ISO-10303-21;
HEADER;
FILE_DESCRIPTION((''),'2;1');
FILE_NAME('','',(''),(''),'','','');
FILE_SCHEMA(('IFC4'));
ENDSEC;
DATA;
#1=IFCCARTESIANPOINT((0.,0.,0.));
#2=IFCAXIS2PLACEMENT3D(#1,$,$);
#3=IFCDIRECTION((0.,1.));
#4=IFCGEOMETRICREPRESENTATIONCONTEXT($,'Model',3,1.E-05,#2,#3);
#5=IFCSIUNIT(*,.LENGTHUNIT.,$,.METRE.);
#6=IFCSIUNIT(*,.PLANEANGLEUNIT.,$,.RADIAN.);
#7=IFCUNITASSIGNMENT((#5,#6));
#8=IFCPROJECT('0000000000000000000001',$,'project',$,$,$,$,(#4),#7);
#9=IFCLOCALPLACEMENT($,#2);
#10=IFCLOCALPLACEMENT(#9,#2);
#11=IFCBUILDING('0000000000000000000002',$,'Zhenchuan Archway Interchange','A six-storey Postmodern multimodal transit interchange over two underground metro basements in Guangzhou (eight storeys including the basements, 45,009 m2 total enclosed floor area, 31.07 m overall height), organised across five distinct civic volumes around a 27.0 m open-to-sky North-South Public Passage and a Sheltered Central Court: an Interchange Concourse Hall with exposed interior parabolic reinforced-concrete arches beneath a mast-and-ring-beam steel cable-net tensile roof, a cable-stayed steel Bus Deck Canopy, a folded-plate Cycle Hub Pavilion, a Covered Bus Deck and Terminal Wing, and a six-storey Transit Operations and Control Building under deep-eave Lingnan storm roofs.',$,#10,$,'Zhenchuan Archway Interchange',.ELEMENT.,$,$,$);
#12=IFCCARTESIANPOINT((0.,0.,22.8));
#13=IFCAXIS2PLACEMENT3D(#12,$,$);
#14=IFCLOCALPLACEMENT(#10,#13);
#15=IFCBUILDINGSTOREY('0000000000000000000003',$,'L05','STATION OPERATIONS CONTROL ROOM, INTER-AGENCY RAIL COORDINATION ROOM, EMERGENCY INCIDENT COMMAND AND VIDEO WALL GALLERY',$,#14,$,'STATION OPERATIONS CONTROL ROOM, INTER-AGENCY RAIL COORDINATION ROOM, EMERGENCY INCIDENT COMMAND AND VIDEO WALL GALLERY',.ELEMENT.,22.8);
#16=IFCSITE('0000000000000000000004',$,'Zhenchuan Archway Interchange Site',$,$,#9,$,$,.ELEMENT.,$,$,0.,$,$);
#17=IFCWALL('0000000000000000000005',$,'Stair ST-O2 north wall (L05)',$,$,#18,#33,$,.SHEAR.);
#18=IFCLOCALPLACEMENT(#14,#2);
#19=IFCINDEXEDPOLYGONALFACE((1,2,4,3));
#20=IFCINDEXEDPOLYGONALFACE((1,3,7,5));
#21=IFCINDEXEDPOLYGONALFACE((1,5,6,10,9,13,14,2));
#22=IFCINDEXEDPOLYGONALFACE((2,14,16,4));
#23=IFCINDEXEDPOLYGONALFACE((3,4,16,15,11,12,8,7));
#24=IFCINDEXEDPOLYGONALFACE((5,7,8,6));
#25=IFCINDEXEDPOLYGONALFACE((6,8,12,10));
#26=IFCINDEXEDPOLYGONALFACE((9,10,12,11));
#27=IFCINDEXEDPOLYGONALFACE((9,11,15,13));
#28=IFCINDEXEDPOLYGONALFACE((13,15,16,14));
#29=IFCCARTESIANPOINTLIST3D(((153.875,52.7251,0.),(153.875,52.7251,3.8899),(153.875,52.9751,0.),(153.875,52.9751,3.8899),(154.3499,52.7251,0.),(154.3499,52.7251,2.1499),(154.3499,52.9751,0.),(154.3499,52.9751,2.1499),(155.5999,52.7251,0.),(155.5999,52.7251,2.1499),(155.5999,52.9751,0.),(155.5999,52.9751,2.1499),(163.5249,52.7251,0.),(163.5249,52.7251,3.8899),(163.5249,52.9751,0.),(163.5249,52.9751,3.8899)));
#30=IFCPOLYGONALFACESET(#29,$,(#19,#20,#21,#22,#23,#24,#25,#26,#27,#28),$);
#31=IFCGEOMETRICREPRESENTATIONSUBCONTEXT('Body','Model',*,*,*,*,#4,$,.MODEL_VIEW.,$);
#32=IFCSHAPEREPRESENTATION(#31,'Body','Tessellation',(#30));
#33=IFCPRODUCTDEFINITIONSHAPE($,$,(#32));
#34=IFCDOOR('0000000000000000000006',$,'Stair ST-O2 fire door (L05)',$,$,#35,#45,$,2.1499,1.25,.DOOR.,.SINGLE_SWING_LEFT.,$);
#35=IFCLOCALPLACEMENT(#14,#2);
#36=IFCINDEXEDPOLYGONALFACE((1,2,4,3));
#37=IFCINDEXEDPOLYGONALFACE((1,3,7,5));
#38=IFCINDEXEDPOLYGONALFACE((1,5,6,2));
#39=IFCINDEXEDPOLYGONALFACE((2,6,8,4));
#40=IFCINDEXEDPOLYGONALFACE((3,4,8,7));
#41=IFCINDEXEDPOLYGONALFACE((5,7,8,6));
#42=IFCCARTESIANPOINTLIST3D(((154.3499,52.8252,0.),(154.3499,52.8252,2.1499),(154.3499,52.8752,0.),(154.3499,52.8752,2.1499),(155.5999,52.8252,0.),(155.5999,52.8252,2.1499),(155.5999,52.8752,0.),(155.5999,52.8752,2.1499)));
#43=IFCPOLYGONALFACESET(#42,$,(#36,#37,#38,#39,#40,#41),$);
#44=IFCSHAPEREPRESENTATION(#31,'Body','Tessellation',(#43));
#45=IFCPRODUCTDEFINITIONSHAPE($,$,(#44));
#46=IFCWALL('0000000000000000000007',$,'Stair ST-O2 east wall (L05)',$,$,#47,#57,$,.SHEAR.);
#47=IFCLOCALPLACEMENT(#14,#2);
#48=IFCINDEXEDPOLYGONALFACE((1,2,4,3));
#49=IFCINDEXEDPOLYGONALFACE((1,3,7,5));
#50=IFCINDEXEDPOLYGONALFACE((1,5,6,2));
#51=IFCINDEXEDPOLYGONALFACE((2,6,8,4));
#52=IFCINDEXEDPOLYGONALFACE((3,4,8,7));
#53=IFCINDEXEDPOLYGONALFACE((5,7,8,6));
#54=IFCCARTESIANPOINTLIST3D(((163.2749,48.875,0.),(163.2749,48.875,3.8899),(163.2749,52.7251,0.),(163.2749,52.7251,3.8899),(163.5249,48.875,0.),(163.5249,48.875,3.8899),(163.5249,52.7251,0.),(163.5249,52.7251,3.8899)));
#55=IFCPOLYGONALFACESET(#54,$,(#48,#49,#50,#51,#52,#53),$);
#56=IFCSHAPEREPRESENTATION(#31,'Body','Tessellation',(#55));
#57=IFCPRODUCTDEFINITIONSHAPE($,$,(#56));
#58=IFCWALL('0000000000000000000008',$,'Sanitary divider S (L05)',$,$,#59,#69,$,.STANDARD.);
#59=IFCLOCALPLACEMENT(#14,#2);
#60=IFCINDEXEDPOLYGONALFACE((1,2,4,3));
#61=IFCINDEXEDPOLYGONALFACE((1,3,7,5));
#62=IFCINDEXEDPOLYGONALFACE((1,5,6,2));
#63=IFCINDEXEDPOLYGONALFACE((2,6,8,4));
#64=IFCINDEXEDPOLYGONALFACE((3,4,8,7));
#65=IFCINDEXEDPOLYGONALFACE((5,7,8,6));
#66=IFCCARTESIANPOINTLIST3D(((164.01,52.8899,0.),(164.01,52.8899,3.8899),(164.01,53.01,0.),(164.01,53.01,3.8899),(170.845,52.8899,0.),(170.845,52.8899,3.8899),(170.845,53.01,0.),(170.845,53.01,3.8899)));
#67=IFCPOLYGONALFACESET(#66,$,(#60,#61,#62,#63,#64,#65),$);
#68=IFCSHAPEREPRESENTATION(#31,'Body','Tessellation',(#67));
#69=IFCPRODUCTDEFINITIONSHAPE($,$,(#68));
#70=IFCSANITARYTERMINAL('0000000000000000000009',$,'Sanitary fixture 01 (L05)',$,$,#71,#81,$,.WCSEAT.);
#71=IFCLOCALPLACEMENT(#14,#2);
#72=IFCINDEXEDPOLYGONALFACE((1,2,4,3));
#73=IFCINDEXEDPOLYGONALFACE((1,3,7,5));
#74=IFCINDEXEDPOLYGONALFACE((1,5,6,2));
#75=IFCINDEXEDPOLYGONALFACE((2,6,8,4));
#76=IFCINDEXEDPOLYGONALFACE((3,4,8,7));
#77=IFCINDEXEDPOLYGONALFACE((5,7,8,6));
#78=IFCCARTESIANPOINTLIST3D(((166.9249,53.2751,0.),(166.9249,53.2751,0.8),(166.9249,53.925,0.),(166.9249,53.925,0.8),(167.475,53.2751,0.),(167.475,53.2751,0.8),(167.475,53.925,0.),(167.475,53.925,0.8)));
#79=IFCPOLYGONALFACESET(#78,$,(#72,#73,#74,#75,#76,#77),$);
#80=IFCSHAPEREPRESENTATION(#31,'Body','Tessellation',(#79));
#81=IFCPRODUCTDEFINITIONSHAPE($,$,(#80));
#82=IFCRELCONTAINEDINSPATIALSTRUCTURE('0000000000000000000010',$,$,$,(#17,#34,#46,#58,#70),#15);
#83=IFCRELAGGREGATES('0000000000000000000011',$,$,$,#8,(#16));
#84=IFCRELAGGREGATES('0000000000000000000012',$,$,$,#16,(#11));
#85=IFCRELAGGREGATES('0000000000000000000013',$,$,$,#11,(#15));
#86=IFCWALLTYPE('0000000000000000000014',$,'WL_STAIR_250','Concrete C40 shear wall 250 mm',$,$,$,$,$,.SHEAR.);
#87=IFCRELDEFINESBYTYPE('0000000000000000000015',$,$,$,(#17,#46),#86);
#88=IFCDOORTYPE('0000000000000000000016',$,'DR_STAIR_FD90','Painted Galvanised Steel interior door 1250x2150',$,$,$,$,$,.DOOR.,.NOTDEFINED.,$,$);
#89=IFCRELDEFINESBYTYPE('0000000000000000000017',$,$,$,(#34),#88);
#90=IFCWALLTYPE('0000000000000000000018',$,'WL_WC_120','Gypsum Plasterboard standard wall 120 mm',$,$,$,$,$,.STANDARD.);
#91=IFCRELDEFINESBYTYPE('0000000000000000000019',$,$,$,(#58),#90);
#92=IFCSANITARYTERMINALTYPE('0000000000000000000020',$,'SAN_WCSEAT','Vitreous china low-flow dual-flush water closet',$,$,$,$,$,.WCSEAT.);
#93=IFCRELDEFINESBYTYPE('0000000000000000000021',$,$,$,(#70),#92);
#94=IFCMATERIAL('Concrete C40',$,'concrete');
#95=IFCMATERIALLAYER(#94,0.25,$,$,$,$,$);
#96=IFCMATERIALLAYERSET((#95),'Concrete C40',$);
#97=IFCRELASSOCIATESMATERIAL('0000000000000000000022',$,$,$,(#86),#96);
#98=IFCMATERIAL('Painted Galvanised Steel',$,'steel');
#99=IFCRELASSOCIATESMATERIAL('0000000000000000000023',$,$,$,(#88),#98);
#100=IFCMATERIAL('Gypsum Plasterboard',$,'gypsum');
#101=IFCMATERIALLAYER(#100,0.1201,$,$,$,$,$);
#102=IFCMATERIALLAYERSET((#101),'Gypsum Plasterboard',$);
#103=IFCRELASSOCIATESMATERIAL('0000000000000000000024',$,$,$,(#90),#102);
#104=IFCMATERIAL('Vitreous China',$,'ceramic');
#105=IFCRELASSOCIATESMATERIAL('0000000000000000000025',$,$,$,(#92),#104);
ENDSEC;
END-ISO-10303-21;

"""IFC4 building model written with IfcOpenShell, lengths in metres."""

from ifc_helpers import new_model, si_unit, direction, frame, frame_2d, origin, origin_2d, place, context, subcontext, project, spatial, rectangle, extrude, material, layer, layer_set, type_object, element, fill, save


model = new_model("IFC4")

# Units and contexts
model_context = context("Model", 3, precision=1e-05, world=origin(), true_north=direction((0.0, 1.0)))
body_context = subcontext(model_context, "Body", "Model", "MODEL_VIEW")
ifc_project = project(units=[si_unit("LENGTHUNIT", "METRE"), si_unit("PLANEANGLEUNIT", "RADIAN")], contexts=[model_context])

# Site, building, storey
site_placement = place(None, origin())
site = spatial("IfcSite", under=ifc_project, at=site_placement, Name="Zhenchuan Archway Interchange Site", CompositionType="ELEMENT", RefElevation=0.0)
building_placement = place(site_placement, origin())
building = spatial("IfcBuilding", under=site, at=building_placement, Name="Zhenchuan Archway Interchange", Description="A six-storey Postmodern multimodal transit interchange over two underground metro basements in Guangzhou (eight storeys including the basements, 45,009 m2 total enclosed floor area, 31.07 m overall height), organised across five distinct civic volumes around a 27.0 m open-to-sky North-South Public Passage and a Sheltered Central Court: an Interchange Concourse Hall with exposed interior parabolic reinforced-concrete arches beneath a mast-and-ring-beam steel cable-net tensile roof, a cable-stayed steel Bus Deck Canopy, a folded-plate Cycle Hub Pavilion, a Covered Bus Deck and Terminal Wing, and a six-storey Transit Operations and Control Building under deep-eave Lingnan storm roofs.", LongName="Zhenchuan Archway Interchange", CompositionType="ELEMENT")
storey_placement = place(building_placement, frame((0.0, 0.0, 22.8)))
storey = spatial("IfcBuildingStorey", under=building, at=storey_placement, Name="L05", Description="STATION OPERATIONS CONTROL ROOM, INTER-AGENCY RAIL COORDINATION ROOM, EMERGENCY INCIDENT COMMAND AND VIDEO WALL GALLERY", LongName="STATION OPERATIONS CONTROL ROOM, INTER-AGENCY RAIL COORDINATION ROOM, EMERGENCY INCIDENT COMMAND AND VIDEO WALL GALLERY", CompositionType="ELEMENT", Elevation=22.8)

# Shared definitions
ifc_material_1 = material(Name="Concrete C40", Category="concrete")

# Wall, opening, door
ifc_layer_1 = layer(ifc_material_1, 0.25)
ifc_layer_set_1 = layer_set([ifc_layer_1], Name="Concrete C40")
wall_type_1 = type_object("IfcWallType", Name="WL_STAIR_250", Description="Concrete C40 shear wall 250 mm", PredefinedType="SHEAR", material=ifc_layer_set_1)
wall_1_placement = place(storey_placement, frame((163.5249, 52.8501, 0.0), z_axis=(0.0, 0.0, 1.0), x_axis=(-1.0, 0.0, 0.0)))
wall_1 = element("IfcWall", 1, at=wall_1_placement, inside=storey, type_object=wall_type_1, Name="Stair ST-O2 north wall (L05)", PredefinedType="SHEAR", context=body_context, shape_type="SweptSolid", body=[
    extrude(rectangle(XDim=9.6499, YDim=0.25, at=frame_2d((4.825, 0.0))), origin(), (0.0, 0.0, 1.0), 3.8899),
])
opening_1_placement = place(wall_1_placement, frame((7.925, 0.0, 0.0)))
opening_1 = element("IfcOpeningElement", 2, at=opening_1_placement, cuts=wall_1, PredefinedType="OPENING", context=body_context, shape_type="SweptSolid", body=[
    extrude(rectangle(XDim=1.25, YDim=2.1499, at=frame_2d((0.625, 1.075))), frame((0.0, 0.137, 0.0), z_axis=(0.0, -1.0, 0.0), x_axis=(1.0, 0.0, 0.0)), (0.0, 0.0, 1.0), 0.2739),
])
ifc_material_2 = material(Name="Painted Galvanised Steel", Category="steel")
door_type_1 = type_object("IfcDoorType", Name="DR_STAIR_FD90", Description="Painted Galvanised Steel interior door 1250x2150", OperationType="NOTDEFINED", PredefinedType="DOOR", material=ifc_material_2)
door_1_placement = place(opening_1_placement, origin())
door_1 = element("IfcDoor", 3, at=door_1_placement, inside=storey, type_object=door_type_1, Name="Stair ST-O2 fire door (L05)", OperationType="SINGLE_SWING_LEFT", OverallHeight=2.1499, OverallWidth=1.25, PredefinedType="DOOR", context=body_context, shape_type="SweptSolid", body=[
    extrude(rectangle(XDim=1.25, YDim=2.1499, at=frame_2d((0.625, 1.075))), frame((0.0, 0.0249, 0.0), z_axis=(0.0, -1.0, 0.0), x_axis=(1.0, 0.0, 0.0)), (0.0, 0.0, 1.0), 0.05),
])
fill(opening_1, door_1)

# Walls
wall_2_placement = place(storey_placement, frame((163.3999, 48.875, 0.0), z_axis=(0.0, 0.0, 1.0), x_axis=(0.0, 1.0, 0.0)))
element("IfcWall", 4, at=wall_2_placement, inside=storey, type_object=wall_type_1, Name="Stair ST-O2 east wall (L05)", PredefinedType="SHEAR", context=body_context, shape_type="SweptSolid", body=[
    extrude(rectangle(XDim=3.8501, YDim=0.25, at=frame_2d((1.925, 0.0))), origin(), (0.0, 0.0, 1.0), 3.8899),
])
ifc_material_3 = material(Name="Gypsum Plasterboard", Category="gypsum")
ifc_layer_2 = layer(ifc_material_3, 0.1201)
ifc_layer_set_2 = layer_set([ifc_layer_2], Name="Gypsum Plasterboard")
wall_type_2 = type_object("IfcWallType", Name="WL_WC_120", Description="Gypsum Plasterboard standard wall 120 mm", PredefinedType="STANDARD", material=ifc_layer_set_2)
wall_3_placement = place(storey_placement, frame((164.01, 52.95, 0.0), z_axis=(0.0, 0.0, 1.0), x_axis=(1.0, 0.0, 0.0)))
element("IfcWall", 5, at=wall_3_placement, inside=storey, type_object=wall_type_2, Name="Sanitary divider S (L05)", PredefinedType="STANDARD", context=body_context, shape_type="SweptSolid", body=[
    extrude(rectangle(XDim=6.835, YDim=0.1201, at=frame_2d((3.4175, 0.0))), origin(), (0.0, 0.0, 1.0), 3.8899),
])

# Sanitary terminal
ifc_material_4 = material(Name="Vitreous China", Category="ceramic")
sanitary_terminal_type = type_object("IfcSanitaryTerminalType", Name="SAN_WCSEAT", Description="Vitreous china low-flow dual-flush water closet", PredefinedType="WCSEAT", material=ifc_material_4)
sanitary_terminal_placement = place(storey_placement, frame((167.2, 53.6001, 0.0), z_axis=(0.0, 0.0, 1.0), x_axis=(1.0, 0.0, 0.0)))
element("IfcSanitaryTerminal", 6, at=sanitary_terminal_placement, inside=storey, type_object=sanitary_terminal_type, Name="Sanitary fixture 01 (L05)", PredefinedType="WCSEAT", context=body_context, shape_type="SweptSolid", body=[
    extrude(rectangle(XDim=0.55, YDim=0.6499, at=origin_2d()), origin(), (0.0, 0.0, 1.0), 0.8),
])

save(model, "model.ifc")
